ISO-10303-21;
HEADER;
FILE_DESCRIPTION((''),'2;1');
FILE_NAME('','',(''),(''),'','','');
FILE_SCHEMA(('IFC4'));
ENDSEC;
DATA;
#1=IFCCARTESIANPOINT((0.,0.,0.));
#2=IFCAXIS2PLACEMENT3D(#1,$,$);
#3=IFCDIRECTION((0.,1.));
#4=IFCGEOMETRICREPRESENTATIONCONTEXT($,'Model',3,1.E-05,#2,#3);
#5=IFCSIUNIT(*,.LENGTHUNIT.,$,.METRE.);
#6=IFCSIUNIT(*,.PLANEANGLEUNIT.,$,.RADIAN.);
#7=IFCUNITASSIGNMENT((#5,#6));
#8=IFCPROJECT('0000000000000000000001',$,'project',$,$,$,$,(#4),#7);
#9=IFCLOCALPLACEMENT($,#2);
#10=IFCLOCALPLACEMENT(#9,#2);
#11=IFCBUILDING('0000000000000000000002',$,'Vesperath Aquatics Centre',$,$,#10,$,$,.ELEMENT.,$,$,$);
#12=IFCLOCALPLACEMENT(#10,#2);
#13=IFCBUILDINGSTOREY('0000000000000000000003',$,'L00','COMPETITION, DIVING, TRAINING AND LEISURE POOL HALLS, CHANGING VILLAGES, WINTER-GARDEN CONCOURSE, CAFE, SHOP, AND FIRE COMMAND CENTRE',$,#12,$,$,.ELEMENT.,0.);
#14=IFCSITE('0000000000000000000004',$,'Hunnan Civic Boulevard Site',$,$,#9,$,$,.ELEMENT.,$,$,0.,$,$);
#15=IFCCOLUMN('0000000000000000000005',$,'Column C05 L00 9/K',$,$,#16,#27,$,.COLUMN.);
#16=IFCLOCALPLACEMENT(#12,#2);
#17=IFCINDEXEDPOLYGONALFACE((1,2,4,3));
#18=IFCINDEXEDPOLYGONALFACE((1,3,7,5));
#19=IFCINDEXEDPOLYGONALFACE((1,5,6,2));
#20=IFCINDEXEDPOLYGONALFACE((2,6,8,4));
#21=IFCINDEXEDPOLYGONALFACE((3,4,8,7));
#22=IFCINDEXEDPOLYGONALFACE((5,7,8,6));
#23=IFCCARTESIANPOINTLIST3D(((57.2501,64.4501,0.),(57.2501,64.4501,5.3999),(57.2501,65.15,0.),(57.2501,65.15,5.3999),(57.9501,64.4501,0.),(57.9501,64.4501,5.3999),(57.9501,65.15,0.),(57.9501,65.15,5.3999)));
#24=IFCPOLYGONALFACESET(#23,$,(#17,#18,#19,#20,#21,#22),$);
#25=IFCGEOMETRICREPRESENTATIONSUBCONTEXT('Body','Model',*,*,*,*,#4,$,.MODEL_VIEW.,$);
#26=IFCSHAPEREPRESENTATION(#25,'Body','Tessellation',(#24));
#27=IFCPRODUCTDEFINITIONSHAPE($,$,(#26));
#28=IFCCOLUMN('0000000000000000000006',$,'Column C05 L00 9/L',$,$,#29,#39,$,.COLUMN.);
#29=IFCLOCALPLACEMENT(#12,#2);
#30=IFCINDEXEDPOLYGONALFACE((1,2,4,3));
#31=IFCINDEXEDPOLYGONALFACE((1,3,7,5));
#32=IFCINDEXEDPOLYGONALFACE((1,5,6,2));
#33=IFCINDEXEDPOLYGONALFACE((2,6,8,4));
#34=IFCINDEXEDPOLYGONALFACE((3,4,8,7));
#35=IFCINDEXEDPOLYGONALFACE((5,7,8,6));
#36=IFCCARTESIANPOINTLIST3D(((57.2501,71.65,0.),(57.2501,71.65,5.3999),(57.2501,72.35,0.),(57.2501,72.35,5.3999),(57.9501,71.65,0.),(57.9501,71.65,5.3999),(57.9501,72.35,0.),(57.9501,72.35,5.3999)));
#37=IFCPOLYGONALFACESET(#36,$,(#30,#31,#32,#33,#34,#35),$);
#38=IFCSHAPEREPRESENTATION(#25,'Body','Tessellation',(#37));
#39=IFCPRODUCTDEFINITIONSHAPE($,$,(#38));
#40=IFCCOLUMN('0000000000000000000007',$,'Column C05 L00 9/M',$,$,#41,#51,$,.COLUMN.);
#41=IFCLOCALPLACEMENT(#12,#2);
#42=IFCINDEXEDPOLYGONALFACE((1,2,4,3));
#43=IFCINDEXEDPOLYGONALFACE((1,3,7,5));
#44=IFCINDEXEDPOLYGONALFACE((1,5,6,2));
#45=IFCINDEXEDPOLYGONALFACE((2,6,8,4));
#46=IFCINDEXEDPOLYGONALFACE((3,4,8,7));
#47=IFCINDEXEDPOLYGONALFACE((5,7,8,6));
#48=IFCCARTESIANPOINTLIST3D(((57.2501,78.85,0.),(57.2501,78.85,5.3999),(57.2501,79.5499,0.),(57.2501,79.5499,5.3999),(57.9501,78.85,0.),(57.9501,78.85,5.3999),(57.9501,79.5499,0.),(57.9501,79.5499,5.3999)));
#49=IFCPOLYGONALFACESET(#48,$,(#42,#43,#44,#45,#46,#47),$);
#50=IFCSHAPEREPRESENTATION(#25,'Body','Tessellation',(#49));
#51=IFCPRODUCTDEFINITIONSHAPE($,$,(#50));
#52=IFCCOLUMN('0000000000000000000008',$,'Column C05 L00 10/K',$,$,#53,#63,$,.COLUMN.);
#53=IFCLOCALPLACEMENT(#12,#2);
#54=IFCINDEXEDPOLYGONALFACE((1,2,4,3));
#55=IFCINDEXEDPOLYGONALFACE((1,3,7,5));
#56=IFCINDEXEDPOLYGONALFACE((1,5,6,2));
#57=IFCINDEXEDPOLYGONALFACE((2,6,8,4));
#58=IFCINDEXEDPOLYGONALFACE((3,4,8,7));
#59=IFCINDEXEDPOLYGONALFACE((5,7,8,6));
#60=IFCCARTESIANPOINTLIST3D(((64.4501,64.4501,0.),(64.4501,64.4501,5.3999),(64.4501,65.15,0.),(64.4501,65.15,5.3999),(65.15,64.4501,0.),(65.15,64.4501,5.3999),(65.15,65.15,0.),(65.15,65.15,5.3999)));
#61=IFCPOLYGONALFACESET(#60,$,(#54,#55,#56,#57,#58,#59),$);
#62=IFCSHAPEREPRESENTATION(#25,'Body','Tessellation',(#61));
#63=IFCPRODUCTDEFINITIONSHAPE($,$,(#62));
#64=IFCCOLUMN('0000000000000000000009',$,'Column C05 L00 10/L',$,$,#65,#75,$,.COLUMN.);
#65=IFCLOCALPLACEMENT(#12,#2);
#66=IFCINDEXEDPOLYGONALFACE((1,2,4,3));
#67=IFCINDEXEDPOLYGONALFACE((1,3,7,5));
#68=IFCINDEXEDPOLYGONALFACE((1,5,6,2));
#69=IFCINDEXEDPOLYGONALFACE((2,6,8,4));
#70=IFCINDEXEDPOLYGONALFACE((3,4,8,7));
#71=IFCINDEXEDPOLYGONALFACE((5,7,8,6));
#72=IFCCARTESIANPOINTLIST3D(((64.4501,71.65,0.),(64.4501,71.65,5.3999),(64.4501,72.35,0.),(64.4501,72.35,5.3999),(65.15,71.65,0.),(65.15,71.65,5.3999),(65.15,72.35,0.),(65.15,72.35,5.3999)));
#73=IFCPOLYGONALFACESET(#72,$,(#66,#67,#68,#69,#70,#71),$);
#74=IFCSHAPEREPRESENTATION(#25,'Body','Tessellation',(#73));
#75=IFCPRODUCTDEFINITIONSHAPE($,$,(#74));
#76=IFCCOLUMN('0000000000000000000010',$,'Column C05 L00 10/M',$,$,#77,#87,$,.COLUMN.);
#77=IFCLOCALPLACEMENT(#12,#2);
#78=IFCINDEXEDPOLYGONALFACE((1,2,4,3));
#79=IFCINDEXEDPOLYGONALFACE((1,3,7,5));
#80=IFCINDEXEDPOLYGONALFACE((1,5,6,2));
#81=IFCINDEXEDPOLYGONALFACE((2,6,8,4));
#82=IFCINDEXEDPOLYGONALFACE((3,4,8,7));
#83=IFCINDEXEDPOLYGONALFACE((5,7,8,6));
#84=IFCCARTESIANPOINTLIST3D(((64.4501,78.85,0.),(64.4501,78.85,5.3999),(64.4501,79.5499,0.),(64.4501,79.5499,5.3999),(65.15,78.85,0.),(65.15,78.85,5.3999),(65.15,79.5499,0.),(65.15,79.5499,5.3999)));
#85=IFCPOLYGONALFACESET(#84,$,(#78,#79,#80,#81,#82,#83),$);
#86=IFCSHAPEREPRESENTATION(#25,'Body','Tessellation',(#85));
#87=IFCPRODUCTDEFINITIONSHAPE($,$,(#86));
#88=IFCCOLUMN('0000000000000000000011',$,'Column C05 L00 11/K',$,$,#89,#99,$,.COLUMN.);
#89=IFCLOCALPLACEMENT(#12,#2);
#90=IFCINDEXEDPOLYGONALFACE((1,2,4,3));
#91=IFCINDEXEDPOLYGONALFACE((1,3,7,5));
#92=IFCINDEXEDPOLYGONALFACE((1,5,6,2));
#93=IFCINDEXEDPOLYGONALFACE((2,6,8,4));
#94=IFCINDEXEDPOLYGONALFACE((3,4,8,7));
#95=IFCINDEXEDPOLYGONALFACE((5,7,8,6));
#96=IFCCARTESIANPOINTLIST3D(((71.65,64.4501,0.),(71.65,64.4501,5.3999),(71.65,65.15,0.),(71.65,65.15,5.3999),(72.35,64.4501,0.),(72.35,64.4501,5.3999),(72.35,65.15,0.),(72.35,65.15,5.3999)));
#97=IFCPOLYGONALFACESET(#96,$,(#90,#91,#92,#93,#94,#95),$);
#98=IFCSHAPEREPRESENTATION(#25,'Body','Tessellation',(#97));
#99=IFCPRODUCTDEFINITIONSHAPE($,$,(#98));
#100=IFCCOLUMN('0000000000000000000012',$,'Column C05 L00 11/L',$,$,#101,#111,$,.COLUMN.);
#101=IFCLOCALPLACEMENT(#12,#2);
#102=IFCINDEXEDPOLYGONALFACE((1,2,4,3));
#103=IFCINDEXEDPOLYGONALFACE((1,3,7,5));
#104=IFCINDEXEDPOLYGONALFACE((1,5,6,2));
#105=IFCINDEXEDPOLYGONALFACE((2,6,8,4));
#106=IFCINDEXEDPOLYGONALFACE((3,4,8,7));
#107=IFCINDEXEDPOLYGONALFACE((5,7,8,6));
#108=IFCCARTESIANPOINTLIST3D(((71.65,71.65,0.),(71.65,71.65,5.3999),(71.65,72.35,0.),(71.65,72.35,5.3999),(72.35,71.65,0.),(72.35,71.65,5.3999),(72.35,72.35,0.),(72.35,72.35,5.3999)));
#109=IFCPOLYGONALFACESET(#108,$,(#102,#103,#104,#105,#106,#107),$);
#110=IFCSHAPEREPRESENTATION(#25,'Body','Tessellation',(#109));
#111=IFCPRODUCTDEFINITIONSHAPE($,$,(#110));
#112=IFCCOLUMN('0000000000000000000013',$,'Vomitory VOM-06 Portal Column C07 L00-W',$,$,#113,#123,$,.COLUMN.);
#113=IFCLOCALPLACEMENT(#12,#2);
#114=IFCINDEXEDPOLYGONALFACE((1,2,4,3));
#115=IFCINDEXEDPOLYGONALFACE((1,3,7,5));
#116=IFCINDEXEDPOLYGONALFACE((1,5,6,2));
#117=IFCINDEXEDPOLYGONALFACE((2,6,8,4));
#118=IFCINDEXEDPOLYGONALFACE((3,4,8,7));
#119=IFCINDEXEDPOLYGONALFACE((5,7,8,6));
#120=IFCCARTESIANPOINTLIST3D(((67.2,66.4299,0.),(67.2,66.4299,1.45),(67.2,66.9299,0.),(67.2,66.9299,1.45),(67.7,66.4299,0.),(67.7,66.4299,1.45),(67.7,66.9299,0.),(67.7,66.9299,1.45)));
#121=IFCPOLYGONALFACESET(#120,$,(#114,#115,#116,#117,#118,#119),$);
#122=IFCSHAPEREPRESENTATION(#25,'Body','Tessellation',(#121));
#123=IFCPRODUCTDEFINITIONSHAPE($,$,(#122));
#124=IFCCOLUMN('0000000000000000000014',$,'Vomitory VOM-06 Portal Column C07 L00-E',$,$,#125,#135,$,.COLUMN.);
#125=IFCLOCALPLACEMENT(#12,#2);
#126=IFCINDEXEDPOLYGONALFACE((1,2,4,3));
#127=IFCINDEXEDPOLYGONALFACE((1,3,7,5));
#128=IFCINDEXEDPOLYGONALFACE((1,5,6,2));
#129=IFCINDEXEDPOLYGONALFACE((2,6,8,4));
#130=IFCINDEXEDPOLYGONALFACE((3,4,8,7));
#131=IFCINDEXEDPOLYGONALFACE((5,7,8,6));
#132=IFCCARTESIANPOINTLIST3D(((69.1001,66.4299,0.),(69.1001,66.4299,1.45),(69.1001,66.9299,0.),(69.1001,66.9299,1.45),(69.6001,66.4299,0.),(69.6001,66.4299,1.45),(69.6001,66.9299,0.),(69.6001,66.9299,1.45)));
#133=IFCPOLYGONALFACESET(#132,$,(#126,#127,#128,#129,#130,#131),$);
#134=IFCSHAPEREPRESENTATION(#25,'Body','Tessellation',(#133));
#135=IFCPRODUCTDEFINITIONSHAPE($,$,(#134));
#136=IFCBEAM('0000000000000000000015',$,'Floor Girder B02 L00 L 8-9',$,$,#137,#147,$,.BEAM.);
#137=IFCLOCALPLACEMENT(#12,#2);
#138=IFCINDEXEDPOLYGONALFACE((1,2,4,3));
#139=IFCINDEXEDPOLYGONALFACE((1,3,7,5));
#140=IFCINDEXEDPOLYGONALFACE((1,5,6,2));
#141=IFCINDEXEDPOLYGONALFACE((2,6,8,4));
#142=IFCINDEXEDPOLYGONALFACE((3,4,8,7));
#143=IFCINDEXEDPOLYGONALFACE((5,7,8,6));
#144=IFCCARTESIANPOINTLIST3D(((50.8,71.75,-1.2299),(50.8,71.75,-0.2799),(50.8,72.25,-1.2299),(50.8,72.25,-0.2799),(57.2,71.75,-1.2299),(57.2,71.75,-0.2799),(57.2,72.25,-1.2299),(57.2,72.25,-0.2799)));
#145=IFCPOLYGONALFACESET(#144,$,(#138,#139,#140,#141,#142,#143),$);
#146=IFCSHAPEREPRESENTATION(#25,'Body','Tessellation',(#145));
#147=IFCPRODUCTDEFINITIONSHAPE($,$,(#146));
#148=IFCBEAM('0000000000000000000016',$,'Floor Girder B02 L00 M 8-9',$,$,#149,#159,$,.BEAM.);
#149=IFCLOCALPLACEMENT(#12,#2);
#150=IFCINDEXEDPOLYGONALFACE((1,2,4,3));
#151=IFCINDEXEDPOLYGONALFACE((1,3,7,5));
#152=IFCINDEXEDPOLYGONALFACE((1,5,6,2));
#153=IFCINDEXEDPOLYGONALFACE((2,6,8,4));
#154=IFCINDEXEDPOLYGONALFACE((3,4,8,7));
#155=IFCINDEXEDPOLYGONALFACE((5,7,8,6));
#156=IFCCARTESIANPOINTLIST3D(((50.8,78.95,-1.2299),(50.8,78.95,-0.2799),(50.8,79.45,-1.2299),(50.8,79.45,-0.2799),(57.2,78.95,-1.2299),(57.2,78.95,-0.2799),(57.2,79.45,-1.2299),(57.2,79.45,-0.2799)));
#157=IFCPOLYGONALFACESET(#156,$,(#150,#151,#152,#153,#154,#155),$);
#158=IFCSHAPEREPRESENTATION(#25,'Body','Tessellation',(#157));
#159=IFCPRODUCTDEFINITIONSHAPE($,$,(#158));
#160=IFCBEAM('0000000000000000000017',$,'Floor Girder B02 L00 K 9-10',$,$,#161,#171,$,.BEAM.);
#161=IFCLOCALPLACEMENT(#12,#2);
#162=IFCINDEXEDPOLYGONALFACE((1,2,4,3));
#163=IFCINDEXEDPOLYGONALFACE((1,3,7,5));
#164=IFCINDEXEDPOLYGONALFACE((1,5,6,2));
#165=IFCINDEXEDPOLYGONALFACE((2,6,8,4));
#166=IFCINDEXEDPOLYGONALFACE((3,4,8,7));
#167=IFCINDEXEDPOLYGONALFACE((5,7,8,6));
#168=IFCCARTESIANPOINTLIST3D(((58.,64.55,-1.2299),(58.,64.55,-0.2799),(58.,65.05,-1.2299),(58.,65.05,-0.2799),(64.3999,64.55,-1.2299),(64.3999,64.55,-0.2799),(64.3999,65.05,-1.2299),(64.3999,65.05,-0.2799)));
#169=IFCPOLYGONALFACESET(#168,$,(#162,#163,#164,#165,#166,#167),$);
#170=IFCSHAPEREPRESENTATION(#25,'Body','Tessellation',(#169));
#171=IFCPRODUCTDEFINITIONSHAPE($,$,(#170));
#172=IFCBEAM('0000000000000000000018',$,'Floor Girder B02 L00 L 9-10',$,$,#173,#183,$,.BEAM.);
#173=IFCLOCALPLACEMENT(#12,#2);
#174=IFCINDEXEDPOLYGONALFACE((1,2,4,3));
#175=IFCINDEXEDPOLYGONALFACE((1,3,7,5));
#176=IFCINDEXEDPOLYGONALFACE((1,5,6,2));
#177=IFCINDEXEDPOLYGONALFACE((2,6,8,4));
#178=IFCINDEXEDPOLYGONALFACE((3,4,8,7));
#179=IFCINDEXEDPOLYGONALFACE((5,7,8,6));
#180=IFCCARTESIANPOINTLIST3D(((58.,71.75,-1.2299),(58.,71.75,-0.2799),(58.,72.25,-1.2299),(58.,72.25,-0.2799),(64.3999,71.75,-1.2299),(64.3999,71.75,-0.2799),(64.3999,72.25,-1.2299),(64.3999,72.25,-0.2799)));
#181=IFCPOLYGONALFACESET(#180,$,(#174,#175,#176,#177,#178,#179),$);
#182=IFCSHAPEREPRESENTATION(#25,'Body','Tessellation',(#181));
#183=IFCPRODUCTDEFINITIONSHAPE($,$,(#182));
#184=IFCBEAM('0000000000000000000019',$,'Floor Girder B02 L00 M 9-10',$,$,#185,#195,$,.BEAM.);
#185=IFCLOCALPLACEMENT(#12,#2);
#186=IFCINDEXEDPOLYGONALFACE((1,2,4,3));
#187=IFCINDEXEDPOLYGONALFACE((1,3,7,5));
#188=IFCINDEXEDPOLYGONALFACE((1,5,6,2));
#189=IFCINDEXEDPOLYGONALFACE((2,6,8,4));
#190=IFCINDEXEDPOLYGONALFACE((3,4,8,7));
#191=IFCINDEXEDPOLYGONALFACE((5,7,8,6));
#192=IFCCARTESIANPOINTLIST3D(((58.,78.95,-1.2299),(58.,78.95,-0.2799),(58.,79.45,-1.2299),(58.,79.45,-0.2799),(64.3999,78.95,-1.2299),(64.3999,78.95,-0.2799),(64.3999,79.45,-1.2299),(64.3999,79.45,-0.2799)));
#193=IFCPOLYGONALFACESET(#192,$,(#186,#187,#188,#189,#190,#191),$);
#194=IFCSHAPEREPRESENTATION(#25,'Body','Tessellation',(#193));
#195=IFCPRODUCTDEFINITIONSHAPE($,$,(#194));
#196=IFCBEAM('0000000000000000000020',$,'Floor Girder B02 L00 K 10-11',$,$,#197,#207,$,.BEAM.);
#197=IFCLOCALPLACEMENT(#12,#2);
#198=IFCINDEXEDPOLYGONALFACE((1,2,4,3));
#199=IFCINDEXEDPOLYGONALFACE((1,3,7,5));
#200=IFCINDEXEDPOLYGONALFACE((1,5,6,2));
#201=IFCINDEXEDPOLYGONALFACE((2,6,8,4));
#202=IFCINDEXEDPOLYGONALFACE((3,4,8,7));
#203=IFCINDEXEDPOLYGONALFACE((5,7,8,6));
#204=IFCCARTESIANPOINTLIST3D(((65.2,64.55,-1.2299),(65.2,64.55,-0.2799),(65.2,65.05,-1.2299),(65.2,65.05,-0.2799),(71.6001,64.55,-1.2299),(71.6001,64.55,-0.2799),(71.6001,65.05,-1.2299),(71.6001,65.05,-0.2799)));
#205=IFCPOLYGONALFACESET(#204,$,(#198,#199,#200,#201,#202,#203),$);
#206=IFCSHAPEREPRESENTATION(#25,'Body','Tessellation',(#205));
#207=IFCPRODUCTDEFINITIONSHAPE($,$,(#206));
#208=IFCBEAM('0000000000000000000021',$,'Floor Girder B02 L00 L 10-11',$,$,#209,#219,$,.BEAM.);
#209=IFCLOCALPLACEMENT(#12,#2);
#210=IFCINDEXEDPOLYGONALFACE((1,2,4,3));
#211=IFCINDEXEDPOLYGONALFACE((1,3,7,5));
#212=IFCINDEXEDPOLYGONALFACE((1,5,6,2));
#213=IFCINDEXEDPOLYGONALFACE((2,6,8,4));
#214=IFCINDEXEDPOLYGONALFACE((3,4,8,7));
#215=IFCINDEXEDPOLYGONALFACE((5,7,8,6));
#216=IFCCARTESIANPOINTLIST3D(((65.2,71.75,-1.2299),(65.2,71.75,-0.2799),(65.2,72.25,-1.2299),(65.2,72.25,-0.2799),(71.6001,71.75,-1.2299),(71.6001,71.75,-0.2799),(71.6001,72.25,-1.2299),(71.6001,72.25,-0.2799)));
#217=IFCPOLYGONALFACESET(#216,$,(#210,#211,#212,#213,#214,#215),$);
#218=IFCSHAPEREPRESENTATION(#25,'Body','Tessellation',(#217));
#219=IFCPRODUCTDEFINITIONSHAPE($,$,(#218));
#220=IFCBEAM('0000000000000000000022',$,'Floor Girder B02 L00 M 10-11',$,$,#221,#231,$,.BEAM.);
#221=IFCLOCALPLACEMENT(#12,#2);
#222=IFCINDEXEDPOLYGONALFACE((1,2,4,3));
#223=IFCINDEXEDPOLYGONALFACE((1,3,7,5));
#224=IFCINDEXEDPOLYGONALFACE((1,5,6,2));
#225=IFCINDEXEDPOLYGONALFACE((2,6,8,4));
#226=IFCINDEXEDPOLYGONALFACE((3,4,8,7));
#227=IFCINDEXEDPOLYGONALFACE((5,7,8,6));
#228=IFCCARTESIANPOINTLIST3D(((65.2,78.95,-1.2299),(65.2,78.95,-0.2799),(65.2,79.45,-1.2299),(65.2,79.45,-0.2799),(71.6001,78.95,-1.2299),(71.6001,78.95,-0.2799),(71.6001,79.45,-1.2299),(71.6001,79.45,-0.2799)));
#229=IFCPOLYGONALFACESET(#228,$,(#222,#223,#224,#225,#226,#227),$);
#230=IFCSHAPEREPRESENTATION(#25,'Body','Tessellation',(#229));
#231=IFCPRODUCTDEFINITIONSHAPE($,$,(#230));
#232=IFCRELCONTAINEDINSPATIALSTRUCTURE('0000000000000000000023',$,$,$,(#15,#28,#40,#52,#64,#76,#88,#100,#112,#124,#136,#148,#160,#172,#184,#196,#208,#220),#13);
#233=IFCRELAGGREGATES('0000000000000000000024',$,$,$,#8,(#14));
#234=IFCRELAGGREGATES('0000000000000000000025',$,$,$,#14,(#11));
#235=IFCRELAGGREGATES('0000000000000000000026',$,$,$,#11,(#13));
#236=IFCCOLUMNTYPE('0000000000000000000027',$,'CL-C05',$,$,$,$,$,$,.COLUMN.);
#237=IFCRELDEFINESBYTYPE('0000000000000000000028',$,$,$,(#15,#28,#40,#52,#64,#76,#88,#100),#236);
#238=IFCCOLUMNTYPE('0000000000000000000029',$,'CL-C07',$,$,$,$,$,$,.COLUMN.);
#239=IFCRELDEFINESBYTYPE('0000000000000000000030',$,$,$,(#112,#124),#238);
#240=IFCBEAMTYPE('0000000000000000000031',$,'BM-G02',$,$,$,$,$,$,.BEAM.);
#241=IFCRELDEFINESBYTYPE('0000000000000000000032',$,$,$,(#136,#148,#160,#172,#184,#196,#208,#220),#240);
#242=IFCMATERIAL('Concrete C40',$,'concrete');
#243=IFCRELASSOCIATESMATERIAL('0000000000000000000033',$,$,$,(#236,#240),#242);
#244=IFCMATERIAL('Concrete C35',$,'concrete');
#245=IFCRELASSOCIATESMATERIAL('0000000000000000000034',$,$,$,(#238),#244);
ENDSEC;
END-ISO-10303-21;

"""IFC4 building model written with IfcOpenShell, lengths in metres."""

from ifc_helpers import new_model, si_unit, direction, frame, origin, origin_2d, place, context, subcontext, project, spatial, rectangle, extrude, material, material_profile, profile_set, type_object, element, save


model = new_model("IFC4")

# Units and contexts
model_context = context("Model", 3, precision=1e-05, world=origin(), true_north=direction((0.0, 1.0)))
body_context = subcontext(model_context, "Body", "Model", "MODEL_VIEW")
ifc_project = project(units=[si_unit("LENGTHUNIT", "METRE"), si_unit("PLANEANGLEUNIT", "RADIAN")], contexts=[model_context])

# Site, building, storey
site_placement = place(None, origin())
site = spatial("IfcSite", under=ifc_project, at=site_placement, Name="Hunnan Civic Boulevard Site", CompositionType="ELEMENT", RefElevation=0.0)
building_placement = place(site_placement, origin())
building = spatial("IfcBuilding", under=site, at=building_placement, Name="Vesperath Aquatics Centre", CompositionType="ELEMENT")
storey_placement = place(building_placement, origin())
storey = spatial("IfcBuildingStorey", under=building, at=storey_placement, Name="L00", Description="COMPETITION, DIVING, TRAINING AND LEISURE POOL HALLS, CHANGING VILLAGES, WINTER-GARDEN CONCOURSE, CAFE, SHOP, AND FIRE COMMAND CENTRE", CompositionType="ELEMENT", Elevation=0.0)

# Columns
ifc_material_1 = material(Name="Concrete C40", Category="concrete")
ifc_material_profile_1 = material_profile(ifc_material_1, rectangle(XDim=0.7, YDim=0.7, at=origin_2d()), Name="RC 700x700")
ifc_profile_set_1 = profile_set([ifc_material_profile_1], Name="Concrete C40")
column_type_1 = type_object("IfcColumnType", Name="CL-C05", PredefinedType="COLUMN", material=ifc_profile_set_1)
for number, where, z_axis, x_axis, name in (
    (1, (57.6001, 64.8, 0.0), (0.0, 0.0, 1.0), (1.0, 0.0, 0.0), "Column C05 L00 9/K"),
    (2, (57.6001, 72.0, 0.0), (0.0, 0.0, 1.0), (1.0, 0.0, 0.0), "Column C05 L00 9/L"),
    (3, (57.6001, 79.2, 0.0), (0.0, 0.0, 1.0), (1.0, 0.0, 0.0), "Column C05 L00 9/M"),
    (4, (64.8, 64.8, 0.0), (0.0, 0.0, 1.0), (1.0, 0.0, 0.0), "Column C05 L00 10/K"),
    (5, (64.8, 72.0, 0.0), (0.0, 0.0, 1.0), (1.0, 0.0, 0.0), "Column C05 L00 10/L"),
    (6, (64.8, 79.2, 0.0), (0.0, 0.0, 1.0), (1.0, 0.0, 0.0), "Column C05 L00 10/M"),
    (7, (72.0, 64.8, 0.0), (0.0, 0.0, 1.0), (1.0, 0.0, 0.0), "Column C05 L00 11/K"),
    (8, (72.0, 72.0, 0.0), (0.0, 0.0, 1.0), (1.0, 0.0, 0.0), "Column C05 L00 11/L"),
):
    element("IfcColumn", number, at=place(storey_placement, frame(where, z_axis=z_axis, x_axis=x_axis)), inside=storey, type_object=column_type_1, Name=name, PredefinedType="COLUMN", context=body_context, shape_type="SweptSolid", body=[
        extrude(rectangle(XDim=0.7, YDim=0.7, at=origin_2d()), origin(), (0.0, 0.0, 1.0), 5.3999),
    ])
ifc_material_2 = material(Name="Concrete C35", Category="concrete")
ifc_material_profile_2 = material_profile(ifc_material_2, rectangle(XDim=0.5, YDim=0.5, at=origin_2d()), Name="RC 500x500")
ifc_profile_set_2 = profile_set([ifc_material_profile_2], Name="Concrete C35")
column_type_2 = type_object("IfcColumnType", Name="CL-C07", PredefinedType="COLUMN", material=ifc_profile_set_2)
for number, where, z_axis, x_axis, name in (
    (9, (67.45, 66.6799, 0.0), (0.0, 0.0, 1.0), (1.0, 0.0, 0.0), "Vomitory VOM-06 Portal Column C07 L00-W"),
    (10, (69.3501, 66.6799, 0.0), (0.0, 0.0, 1.0), (1.0, 0.0, 0.0), "Vomitory VOM-06 Portal Column C07 L00-E"),
):
    element("IfcColumn", number, at=place(storey_placement, frame(where, z_axis=z_axis, x_axis=x_axis)), inside=storey, type_object=column_type_2, Name=name, PredefinedType="COLUMN", context=body_context, shape_type="SweptSolid", body=[
        extrude(rectangle(XDim=0.5, YDim=0.5, at=origin_2d()), origin(), (0.0, 0.0, 1.0), 1.45),
    ])

# Beams
ifc_material_profile_3 = material_profile(ifc_material_1, rectangle(XDim=0.5, YDim=0.95, at=origin_2d()), Name="RC 500x950")
ifc_profile_set_3 = profile_set([ifc_material_profile_3], Name="Concrete C40")
beam_type_1 = type_object("IfcBeamType", Name="BM-G02", PredefinedType="BEAM", material=ifc_profile_set_3)
for number, where, z_axis, x_axis, name in (
    (11, (50.8, 72.0, -0.7549), (1.0, 0.0, 0.0), (0.0, 1.0, 0.0), "Floor Girder B02 L00 L 8-9"),
    (12, (50.8, 79.2, -0.7549), (1.0, 0.0, 0.0), (0.0, 1.0, 0.0), "Floor Girder B02 L00 M 8-9"),
    (13, (58.0, 64.8, -0.7549), (1.0, 0.0, 0.0), (0.0, 1.0, 0.0), "Floor Girder B02 L00 K 9-10"),
    (14, (58.0, 72.0, -0.7549), (1.0, 0.0, 0.0), (0.0, 1.0, 0.0), "Floor Girder B02 L00 L 9-10"),
    (15, (58.0, 79.2, -0.7549), (1.0, 0.0, 0.0), (0.0, 1.0, 0.0), "Floor Girder B02 L00 M 9-10"),
):
    element("IfcBeam", number, at=place(storey_placement, frame(where, z_axis=z_axis, x_axis=x_axis)), inside=storey, type_object=beam_type_1, Name=name, PredefinedType="BEAM", context=body_context, shape_type="SweptSolid", body=[
        extrude(rectangle(XDim=0.5, YDim=0.95, at=origin_2d()), origin(), (0.0, 0.0, 1.0), 6.3999),
    ])
for number, where, z_axis, x_axis, name in (
    (16, (65.2, 64.8, -0.7549), (1.0, 0.0, 0.0), (0.0, 1.0, 0.0), "Floor Girder B02 L00 K 10-11"),
    (17, (65.2, 72.0, -0.7549), (1.0, 0.0, 0.0), (0.0, 1.0, 0.0), "Floor Girder B02 L00 L 10-11"),
    (18, (65.2, 79.2, -0.7549), (1.0, 0.0, 0.0), (0.0, 1.0, 0.0), "Floor Girder B02 L00 M 10-11"),
):
    element("IfcBeam", number, at=place(storey_placement, frame(where, z_axis=z_axis, x_axis=x_axis)), inside=storey, type_object=beam_type_1, Name=name, PredefinedType="BEAM", context=body_context, shape_type="SweptSolid", body=[
        extrude(rectangle(XDim=0.5, YDim=0.95, at=origin_2d()), origin(), (0.0, 0.0, 1.0), 6.4001),
    ])

save(model, "model.ifc")
